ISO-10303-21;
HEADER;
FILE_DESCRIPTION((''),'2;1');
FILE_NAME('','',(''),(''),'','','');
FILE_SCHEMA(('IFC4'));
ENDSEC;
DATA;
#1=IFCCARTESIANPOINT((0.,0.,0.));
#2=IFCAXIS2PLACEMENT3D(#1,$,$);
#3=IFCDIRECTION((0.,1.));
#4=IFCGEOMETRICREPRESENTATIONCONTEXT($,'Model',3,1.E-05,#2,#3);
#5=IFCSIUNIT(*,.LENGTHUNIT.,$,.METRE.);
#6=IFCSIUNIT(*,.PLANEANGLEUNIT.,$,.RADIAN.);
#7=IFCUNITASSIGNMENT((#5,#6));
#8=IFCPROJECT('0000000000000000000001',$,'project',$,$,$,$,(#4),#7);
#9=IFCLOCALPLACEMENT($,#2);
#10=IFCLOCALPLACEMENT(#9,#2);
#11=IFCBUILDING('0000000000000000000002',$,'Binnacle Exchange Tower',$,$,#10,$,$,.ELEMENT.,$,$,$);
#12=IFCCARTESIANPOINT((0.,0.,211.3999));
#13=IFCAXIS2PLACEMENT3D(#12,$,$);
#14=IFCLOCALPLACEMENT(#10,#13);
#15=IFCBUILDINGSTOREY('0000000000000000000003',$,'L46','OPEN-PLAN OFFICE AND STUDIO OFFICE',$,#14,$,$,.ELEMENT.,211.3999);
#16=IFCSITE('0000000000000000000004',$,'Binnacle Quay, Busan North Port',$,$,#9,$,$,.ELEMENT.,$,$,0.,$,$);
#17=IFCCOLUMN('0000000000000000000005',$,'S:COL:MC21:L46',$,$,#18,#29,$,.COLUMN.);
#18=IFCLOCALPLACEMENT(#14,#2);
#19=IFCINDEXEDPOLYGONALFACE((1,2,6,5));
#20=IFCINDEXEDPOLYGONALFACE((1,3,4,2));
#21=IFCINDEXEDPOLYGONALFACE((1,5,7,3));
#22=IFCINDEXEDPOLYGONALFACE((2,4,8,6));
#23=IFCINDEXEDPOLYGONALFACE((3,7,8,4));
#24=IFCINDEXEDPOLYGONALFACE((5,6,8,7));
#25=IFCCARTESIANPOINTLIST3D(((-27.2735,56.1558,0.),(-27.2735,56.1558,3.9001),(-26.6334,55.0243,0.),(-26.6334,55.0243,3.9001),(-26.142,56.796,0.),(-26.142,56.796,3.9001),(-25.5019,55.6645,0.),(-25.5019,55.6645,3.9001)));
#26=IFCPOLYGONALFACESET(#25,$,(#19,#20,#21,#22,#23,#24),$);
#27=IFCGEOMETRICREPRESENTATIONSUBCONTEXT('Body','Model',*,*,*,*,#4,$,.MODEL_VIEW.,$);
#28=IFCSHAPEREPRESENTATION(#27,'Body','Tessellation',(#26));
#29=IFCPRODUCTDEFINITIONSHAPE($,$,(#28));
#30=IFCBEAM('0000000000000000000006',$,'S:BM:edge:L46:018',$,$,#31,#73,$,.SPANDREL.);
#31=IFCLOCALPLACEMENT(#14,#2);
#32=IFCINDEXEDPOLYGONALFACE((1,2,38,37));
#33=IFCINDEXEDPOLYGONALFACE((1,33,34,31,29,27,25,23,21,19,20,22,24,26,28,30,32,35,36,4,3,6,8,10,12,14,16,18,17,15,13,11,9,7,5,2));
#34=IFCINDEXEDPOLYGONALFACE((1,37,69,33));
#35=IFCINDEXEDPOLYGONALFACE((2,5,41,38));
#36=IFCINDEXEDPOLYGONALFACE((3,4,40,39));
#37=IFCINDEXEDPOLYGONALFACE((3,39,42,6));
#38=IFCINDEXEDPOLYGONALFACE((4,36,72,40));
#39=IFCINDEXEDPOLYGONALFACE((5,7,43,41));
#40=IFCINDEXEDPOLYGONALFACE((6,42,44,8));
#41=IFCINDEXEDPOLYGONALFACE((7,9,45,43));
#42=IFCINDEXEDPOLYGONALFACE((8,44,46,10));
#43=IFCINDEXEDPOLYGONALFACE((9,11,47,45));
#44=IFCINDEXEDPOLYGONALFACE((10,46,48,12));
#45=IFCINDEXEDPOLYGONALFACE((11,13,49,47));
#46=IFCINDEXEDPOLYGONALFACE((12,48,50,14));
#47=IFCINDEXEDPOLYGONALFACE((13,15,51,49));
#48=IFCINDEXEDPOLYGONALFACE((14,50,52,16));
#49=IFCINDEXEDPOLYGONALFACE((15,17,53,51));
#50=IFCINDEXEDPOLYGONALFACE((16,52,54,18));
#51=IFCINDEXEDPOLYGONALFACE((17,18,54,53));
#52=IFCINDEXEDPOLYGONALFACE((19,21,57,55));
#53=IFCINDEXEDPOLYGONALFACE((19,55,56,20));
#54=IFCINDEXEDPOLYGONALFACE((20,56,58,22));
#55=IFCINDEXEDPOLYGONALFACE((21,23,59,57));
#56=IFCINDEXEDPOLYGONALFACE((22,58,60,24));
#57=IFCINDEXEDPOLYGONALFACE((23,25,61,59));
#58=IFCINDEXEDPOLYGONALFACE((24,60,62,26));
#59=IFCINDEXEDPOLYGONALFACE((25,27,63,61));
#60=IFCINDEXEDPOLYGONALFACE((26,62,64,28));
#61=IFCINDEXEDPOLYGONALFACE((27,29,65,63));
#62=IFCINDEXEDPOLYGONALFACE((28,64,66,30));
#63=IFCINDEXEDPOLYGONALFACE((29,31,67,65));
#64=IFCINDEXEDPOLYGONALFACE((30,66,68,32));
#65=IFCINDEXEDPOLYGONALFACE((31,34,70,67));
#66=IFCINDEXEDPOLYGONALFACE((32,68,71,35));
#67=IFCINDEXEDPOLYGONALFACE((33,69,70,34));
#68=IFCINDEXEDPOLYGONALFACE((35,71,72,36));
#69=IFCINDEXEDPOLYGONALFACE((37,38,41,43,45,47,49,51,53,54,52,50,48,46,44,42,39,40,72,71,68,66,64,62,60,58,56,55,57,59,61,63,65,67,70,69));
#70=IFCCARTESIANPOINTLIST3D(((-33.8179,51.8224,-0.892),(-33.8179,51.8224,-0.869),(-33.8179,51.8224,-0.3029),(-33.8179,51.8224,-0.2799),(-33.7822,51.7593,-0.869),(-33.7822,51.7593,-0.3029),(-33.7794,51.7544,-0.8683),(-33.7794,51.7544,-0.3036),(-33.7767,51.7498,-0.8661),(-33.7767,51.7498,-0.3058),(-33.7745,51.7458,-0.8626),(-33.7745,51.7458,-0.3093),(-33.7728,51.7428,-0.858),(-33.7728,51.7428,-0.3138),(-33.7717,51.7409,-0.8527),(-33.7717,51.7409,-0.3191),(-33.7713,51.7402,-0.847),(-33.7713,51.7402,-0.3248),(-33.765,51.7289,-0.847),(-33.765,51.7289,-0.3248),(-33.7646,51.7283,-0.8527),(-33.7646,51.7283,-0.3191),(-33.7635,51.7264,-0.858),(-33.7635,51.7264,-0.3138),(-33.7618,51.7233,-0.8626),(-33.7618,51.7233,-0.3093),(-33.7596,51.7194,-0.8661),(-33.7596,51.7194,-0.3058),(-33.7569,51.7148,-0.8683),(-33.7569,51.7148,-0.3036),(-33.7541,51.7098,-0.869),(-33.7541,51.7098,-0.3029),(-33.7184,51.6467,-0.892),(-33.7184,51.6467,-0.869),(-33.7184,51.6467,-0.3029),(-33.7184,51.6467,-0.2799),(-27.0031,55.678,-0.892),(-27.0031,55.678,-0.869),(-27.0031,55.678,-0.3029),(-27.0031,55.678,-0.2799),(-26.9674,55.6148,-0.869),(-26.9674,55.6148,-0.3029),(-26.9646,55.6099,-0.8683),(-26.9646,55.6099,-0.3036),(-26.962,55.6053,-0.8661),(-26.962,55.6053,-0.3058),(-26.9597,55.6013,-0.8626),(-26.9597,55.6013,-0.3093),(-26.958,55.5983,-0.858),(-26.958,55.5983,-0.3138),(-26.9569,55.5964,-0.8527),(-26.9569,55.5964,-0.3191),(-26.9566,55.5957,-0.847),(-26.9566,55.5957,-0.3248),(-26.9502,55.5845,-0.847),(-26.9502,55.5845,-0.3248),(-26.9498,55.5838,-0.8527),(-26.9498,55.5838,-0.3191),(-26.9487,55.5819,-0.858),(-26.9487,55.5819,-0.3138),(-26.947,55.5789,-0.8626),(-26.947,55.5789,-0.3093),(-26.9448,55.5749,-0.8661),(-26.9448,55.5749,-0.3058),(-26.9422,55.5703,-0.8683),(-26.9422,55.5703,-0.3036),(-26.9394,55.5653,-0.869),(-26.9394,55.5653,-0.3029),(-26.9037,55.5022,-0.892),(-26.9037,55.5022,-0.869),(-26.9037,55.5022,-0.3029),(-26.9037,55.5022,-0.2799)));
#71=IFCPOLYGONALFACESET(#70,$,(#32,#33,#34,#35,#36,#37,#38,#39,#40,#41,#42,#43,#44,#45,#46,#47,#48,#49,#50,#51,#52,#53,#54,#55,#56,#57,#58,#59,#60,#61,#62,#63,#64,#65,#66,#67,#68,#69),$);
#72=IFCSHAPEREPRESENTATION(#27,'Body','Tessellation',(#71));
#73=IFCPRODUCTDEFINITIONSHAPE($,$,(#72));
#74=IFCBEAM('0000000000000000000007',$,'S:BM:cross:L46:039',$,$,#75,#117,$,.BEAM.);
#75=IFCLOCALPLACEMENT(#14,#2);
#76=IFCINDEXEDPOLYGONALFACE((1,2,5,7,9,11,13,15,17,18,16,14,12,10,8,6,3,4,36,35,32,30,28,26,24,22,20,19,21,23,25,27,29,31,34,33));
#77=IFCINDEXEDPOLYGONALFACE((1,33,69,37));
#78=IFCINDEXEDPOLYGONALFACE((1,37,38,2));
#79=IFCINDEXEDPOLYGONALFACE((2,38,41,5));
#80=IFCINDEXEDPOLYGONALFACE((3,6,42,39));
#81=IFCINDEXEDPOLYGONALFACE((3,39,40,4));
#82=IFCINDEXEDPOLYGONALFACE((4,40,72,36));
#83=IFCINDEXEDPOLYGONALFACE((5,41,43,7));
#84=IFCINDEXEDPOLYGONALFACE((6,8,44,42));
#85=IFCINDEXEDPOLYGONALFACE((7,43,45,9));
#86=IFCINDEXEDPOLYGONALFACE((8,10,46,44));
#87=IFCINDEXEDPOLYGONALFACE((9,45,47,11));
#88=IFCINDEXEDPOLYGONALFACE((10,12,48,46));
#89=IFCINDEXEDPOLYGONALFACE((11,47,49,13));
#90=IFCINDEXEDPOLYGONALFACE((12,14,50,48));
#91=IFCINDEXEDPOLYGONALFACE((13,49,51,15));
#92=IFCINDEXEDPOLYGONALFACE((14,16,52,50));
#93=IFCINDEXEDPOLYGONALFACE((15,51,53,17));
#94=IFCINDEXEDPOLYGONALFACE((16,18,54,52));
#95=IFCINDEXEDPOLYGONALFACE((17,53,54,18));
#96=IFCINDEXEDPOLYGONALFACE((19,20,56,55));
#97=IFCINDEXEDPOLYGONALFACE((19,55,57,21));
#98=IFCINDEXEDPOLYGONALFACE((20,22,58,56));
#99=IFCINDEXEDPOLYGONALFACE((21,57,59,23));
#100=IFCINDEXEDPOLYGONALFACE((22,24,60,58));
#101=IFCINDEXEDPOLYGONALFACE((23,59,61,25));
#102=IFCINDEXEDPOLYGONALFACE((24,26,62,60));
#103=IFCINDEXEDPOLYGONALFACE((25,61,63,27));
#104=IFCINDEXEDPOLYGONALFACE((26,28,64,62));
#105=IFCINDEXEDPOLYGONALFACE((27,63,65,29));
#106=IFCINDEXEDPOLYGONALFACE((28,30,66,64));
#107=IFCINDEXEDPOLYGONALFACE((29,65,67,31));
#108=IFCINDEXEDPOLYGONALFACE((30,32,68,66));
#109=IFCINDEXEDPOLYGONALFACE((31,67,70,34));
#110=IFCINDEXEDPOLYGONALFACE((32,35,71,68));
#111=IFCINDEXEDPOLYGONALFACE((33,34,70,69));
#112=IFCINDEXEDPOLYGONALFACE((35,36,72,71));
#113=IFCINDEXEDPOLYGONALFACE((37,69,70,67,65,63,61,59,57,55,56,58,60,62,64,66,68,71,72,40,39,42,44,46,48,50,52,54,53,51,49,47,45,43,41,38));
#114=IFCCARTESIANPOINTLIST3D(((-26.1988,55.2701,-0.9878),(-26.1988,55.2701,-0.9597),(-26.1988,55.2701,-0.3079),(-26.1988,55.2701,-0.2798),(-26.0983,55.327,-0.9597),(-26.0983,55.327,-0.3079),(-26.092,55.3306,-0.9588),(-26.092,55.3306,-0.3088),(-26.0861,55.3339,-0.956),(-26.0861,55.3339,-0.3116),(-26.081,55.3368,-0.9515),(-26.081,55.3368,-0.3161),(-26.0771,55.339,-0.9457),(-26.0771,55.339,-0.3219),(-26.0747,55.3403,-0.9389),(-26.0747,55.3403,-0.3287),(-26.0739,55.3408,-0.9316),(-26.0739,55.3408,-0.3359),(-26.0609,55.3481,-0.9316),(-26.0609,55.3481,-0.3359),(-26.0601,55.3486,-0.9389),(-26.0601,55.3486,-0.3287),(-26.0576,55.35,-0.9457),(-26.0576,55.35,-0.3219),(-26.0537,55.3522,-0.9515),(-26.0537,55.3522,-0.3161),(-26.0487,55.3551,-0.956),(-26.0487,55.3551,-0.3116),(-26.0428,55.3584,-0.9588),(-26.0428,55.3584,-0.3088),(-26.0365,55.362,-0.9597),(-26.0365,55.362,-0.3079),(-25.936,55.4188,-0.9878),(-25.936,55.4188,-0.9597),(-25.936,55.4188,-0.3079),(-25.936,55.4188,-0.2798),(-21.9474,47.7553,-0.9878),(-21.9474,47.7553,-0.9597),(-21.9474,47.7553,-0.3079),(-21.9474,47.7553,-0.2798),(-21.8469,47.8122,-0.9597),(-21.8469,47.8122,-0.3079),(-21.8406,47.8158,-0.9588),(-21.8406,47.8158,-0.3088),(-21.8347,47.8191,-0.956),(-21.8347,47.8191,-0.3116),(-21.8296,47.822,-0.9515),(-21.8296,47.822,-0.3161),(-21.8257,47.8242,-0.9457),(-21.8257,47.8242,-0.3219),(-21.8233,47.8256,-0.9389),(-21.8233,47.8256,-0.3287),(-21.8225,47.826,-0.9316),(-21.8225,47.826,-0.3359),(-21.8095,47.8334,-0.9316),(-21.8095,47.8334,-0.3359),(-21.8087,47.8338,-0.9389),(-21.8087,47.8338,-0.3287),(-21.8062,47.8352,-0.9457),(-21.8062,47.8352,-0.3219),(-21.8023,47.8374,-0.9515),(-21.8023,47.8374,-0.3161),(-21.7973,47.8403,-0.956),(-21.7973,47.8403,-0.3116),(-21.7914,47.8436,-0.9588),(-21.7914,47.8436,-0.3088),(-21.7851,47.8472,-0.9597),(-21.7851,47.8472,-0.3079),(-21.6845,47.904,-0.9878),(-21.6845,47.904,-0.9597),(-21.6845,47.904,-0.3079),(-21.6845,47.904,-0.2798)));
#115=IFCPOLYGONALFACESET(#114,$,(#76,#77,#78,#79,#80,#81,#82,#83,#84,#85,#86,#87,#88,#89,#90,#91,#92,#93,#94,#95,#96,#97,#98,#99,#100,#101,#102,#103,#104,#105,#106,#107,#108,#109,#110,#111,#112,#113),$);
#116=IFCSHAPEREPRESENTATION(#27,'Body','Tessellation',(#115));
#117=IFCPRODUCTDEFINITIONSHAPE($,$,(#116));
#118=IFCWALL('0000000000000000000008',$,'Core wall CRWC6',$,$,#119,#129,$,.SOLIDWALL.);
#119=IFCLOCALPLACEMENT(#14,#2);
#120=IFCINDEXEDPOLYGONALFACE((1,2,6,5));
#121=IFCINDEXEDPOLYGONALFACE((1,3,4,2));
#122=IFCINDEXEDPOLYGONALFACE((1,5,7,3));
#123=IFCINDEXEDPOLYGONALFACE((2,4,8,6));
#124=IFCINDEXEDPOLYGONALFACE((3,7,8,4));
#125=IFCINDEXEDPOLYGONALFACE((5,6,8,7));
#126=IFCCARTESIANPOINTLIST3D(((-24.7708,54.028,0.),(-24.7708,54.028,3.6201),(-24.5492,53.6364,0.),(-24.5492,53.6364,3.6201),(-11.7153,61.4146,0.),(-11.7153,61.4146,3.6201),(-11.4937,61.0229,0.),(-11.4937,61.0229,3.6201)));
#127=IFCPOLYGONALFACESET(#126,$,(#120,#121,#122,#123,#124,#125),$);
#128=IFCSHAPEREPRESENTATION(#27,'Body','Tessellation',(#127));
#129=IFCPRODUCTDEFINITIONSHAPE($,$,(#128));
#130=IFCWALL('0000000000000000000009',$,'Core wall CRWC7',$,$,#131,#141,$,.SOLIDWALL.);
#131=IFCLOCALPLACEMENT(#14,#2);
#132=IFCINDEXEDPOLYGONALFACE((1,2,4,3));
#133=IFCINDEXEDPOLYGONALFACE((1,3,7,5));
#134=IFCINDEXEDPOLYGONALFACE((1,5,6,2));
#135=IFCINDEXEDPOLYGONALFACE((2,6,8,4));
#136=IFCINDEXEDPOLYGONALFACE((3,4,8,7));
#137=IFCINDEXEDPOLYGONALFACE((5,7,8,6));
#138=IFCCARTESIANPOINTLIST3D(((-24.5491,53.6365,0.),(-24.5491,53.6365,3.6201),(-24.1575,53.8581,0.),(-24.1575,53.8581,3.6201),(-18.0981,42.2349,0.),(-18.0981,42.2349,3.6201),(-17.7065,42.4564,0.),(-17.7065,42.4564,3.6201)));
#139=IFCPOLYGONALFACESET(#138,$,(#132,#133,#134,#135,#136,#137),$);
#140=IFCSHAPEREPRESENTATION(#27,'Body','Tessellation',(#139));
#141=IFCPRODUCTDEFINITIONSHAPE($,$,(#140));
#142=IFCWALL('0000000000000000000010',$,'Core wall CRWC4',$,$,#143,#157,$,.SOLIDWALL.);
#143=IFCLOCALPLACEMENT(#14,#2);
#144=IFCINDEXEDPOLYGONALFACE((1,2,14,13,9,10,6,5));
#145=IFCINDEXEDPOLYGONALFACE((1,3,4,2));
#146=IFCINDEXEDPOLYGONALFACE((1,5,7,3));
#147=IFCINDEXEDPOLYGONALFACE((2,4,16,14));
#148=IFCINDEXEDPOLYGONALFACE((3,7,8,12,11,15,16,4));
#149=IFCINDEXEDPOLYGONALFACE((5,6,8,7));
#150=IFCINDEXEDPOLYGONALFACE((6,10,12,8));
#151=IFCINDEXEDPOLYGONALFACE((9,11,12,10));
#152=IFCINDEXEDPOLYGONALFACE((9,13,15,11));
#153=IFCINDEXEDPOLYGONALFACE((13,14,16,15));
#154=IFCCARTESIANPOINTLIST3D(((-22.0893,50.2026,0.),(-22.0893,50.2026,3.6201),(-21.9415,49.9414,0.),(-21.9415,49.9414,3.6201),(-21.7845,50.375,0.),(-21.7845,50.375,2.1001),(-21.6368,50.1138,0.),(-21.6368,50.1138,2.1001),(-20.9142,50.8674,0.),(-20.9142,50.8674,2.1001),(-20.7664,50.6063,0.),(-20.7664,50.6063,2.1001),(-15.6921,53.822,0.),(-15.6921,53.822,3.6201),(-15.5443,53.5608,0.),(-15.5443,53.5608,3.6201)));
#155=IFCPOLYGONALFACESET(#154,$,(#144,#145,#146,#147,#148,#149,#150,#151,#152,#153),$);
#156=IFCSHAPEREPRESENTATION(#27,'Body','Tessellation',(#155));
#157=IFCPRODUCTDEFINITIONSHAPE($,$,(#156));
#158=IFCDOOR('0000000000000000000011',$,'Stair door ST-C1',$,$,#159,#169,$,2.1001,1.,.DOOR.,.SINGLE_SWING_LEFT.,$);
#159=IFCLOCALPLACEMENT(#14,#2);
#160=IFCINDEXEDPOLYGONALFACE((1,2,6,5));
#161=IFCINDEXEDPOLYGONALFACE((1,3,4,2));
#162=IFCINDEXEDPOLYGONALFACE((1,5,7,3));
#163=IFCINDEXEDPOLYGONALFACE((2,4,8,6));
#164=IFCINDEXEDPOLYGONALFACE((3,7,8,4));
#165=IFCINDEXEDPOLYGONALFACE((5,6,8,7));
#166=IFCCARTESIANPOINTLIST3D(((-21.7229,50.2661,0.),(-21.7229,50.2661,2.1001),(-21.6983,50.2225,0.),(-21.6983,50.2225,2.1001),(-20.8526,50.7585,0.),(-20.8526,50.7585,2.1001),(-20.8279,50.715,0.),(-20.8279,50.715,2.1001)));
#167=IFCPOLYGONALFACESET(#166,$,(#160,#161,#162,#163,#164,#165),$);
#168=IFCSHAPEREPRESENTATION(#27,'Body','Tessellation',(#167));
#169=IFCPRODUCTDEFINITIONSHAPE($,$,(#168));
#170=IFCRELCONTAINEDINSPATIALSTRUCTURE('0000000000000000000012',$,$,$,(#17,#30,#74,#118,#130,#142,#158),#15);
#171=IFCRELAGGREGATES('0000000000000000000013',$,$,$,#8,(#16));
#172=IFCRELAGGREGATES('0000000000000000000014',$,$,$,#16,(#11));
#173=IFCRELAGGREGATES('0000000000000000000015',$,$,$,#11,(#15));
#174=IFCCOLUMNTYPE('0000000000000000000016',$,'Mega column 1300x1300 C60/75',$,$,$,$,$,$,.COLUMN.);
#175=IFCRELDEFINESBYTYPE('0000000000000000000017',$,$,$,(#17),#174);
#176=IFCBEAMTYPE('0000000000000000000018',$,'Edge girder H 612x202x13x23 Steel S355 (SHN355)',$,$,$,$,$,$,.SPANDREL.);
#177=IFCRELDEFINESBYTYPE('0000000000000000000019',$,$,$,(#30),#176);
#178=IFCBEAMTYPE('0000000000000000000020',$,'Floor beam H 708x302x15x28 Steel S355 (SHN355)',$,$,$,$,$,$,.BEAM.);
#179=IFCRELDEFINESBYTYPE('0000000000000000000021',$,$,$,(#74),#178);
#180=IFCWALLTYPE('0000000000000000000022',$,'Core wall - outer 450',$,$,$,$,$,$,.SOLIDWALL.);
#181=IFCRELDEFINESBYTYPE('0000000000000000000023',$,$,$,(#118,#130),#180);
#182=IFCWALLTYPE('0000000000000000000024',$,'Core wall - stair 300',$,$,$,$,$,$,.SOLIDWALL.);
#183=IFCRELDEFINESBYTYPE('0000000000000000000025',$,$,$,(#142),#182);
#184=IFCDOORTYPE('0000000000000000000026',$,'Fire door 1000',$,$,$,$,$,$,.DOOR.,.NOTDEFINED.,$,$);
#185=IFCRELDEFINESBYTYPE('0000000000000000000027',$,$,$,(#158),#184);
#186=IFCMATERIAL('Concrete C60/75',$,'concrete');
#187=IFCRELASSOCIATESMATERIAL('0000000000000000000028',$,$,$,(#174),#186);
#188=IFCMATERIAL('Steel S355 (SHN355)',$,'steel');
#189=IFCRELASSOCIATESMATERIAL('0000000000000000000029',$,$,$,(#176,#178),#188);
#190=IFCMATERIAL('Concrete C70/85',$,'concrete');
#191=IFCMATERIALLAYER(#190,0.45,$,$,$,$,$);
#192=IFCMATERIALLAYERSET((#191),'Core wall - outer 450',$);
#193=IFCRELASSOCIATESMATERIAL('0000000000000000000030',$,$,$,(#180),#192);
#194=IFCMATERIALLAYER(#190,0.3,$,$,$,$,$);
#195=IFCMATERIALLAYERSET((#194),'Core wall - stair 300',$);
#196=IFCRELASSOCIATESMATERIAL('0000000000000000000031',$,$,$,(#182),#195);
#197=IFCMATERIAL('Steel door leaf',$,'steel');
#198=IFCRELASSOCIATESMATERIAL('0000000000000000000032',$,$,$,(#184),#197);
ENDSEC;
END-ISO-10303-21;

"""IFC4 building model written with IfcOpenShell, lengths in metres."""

from ifc_helpers import new_model, si_unit, direction, frame, frame_2d, origin, origin_2d, place, context, subcontext, project, spatial, rectangle, i_section, extrude, material, layer, layer_set, material_profile, profile_set, type_object, element, fill, save


model = new_model("IFC4")

# Units and contexts
model_context = context("Model", 3, precision=1e-05, world=origin(), true_north=direction((0.0, 1.0)))
body_context = subcontext(model_context, "Body", "Model", "MODEL_VIEW")
ifc_project = project(units=[si_unit("LENGTHUNIT", "METRE"), si_unit("PLANEANGLEUNIT", "RADIAN")], contexts=[model_context])

# Site, building, storey
site_placement = place(None, origin())
site = spatial("IfcSite", under=ifc_project, at=site_placement, Name="Binnacle Quay, Busan North Port", CompositionType="ELEMENT", RefElevation=0.0)
building_placement = place(site_placement, origin())
building = spatial("IfcBuilding", under=site, at=building_placement, Name="Binnacle Exchange Tower", CompositionType="ELEMENT")
storey_placement = place(building_placement, frame((0.0, 0.0, 211.3999)))
storey = spatial("IfcBuildingStorey", under=building, at=storey_placement, Name="L46", Description="OPEN-PLAN OFFICE AND STUDIO OFFICE", CompositionType="ELEMENT", Elevation=211.3999)

# Column
ifc_material_1 = material(Name="Concrete C60/75", Category="concrete")
ifc_material_profile_1 = material_profile(ifc_material_1, rectangle(XDim=1.3, YDim=1.3, at=origin_2d()), Name="Mega column 1300x1300 C60/75")
ifc_profile_set_1 = profile_set([ifc_material_profile_1], Name="Concrete C60/75")
column_type = type_object("IfcColumnType", Name="Mega column 1300x1300 C60/75", PredefinedType="COLUMN", material=ifc_profile_set_1)
column_placement = place(storey_placement, frame((-26.3877, 55.9102, 0.0), z_axis=(0.0, 0.0, 1.0), x_axis=(-0.870356, -0.492424, 0.0)))
element("IfcColumn", 1, at=column_placement, inside=storey, type_object=column_type, Name="S:COL:MC21:L46", PredefinedType="COLUMN", context=body_context, shape_type="SweptSolid", body=[
    extrude(rectangle(XDim=1.3, YDim=1.3, at=origin_2d()), origin(), (0.0, 0.0, 1.0), 3.9001),
])

# Beams
ifc_material_2 = material(Name="Steel S355 (SHN355)", Category="steel")
ifc_material_profile_2 = material_profile(ifc_material_2, i_section(OverallWidth=0.2019, OverallDepth=0.6121, WebThickness=0.0129, FlangeThickness=0.0229, FilletRadius=0.022, at=origin_2d()), Name="H 612x202x13x23")
ifc_profile_set_2 = profile_set([ifc_material_profile_2], Name="Steel S355 (SHN355)")
beam_type_1 = type_object("IfcBeamType", Name="Edge girder H 612x202x13x23 Steel S355 (SHN355)", PredefinedType="SPANDREL", material=ifc_profile_set_2)
beam_1_placement = place(storey_placement, frame((-26.9534, 55.5901, -0.5859), z_axis=(-0.870361, -0.492414, 0.0), x_axis=(0.492414, -0.870361, 0.0)))
element("IfcBeam", 2, at=beam_1_placement, inside=storey, type_object=beam_type_1, Name="S:BM:edge:L46:018", PredefinedType="SPANDREL", context=body_context, shape_type="SweptSolid", body=[
    extrude(i_section(OverallWidth=0.2019, OverallDepth=0.6121, WebThickness=0.0129, FlangeThickness=0.0229, FilletRadius=0.022, at=origin_2d()), origin(), (0.0, 0.0, 1.0), 7.8298),
])
ifc_material_profile_3 = material_profile(ifc_material_2, i_section(OverallWidth=0.302, OverallDepth=0.708, WebThickness=0.0149, FlangeThickness=0.0281, FilletRadius=0.0281, at=origin_2d()), Name="H 708x302x15x28")
ifc_profile_set_3 = profile_set([ifc_material_profile_3], Name="Steel S355 (SHN355)")
beam_type_2 = type_object("IfcBeamType", Name="Floor beam H 708x302x15x28 Steel S355 (SHN355)", PredefinedType="BEAM", material=ifc_profile_set_3)
beam_2_placement = place(storey_placement, frame((-26.0674, 55.3445, -0.6338), z_axis=(0.492401, -0.870368, 0.0), x_axis=(0.870368, 0.492401, 0.0)))
element("IfcBeam", 3, at=beam_2_placement, inside=storey, type_object=beam_type_2, Name="S:BM:cross:L46:039", PredefinedType="BEAM", context=body_context, shape_type="SweptSolid", body=[
    extrude(i_section(OverallWidth=0.302, OverallDepth=0.708, WebThickness=0.0149, FlangeThickness=0.0281, FilletRadius=0.0281, at=origin_2d()), origin(), (0.0, 0.0, 1.0), 8.634),
])

# Walls
ifc_material_3 = material(Name="Concrete C70/85", Category="concrete")
ifc_layer_1 = layer(ifc_material_3, 0.45)
ifc_layer_set_1 = layer_set([ifc_layer_1], Name="Core wall - outer 450")
wall_type_1 = type_object("IfcWallType", Name="Core wall - outer 450", PredefinedType="SOLIDWALL", material=ifc_layer_set_1)
wall_1_placement = place(storey_placement, frame((-24.6599, 53.8323, 0.0), z_axis=(0.0, 0.0, 1.0), x_axis=(0.870354, 0.492427, 0.0)))
element("IfcWall", 4, at=wall_1_placement, inside=storey, type_object=wall_type_1, Name="Core wall CRWC6", PredefinedType="SOLIDWALL", context=body_context, shape_type="SweptSolid", body=[
    extrude(rectangle(XDim=15.0002, YDim=0.45, at=frame_2d((7.5, 0.0))), origin(), (0.0, 0.0, 1.0), 3.6201),
])
wall_2_placement = place(storey_placement, frame((-24.3533, 53.7473, 0.0), z_axis=(0.0, 0.0, 1.0), x_axis=(0.492435, -0.870349, 0.0)))
element("IfcWall", 5, at=wall_2_placement, inside=storey, type_object=wall_type_1, Name="Core wall CRWC7", PredefinedType="SOLIDWALL", context=body_context, shape_type="SweptSolid", body=[
    extrude(rectangle(XDim=13.1001, YDim=0.45, at=frame_2d((6.55, 0.0))), origin(), (0.0, 0.0, 1.0), 3.6201),
])

# Wall, opening, door
ifc_layer_2 = layer(ifc_material_3, 0.3)
ifc_layer_set_2 = layer_set([ifc_layer_2], Name="Core wall - stair 300")
wall_type_2 = type_object("IfcWallType", Name="Core wall - stair 300", PredefinedType="SOLIDWALL", material=ifc_layer_set_2)
wall_3_placement = place(storey_placement, frame((-22.0154, 50.072, 0.0), z_axis=(0.0, 0.0, 1.0), x_axis=(0.870355, 0.492425, 0.0)))
wall_3 = element("IfcWall", 6, at=wall_3_placement, inside=storey, type_object=wall_type_2, Name="Core wall CRWC4", PredefinedType="SOLIDWALL", context=body_context, shape_type="SweptSolid", body=[
    extrude(rectangle(XDim=7.3501, YDim=0.3, at=frame_2d((3.675, 0.0))), origin(), (0.0, 0.0, 1.0), 3.6201),
])
opening_1_placement = place(wall_3_placement, frame((0.3501, 0.0, 0.0)))
opening_1 = element("IfcOpeningElement", 7, at=opening_1_placement, cuts=wall_3, PredefinedType="OPENING", context=body_context, shape_type="SweptSolid", body=[
    extrude(rectangle(XDim=1.0, YDim=2.1001, at=frame_2d((0.5, 1.05))), frame((0.0, 0.1599, 0.0), z_axis=(0.0, -1.0, 0.0), x_axis=(1.0, 0.0, 0.0)), (0.0, 0.0, 1.0), 0.3201),
])
ifc_material_4 = material(Name="Steel door leaf", Category="steel")
door_type_1 = type_object("IfcDoorType", Name="Fire door 1000", OperationType="NOTDEFINED", PredefinedType="DOOR", material=ifc_material_4)
door_1_placement = place(opening_1_placement, origin())
door_1 = element("IfcDoor", 8, at=door_1_placement, inside=storey, type_object=door_type_1, Name="Stair door ST-C1", OperationType="SINGLE_SWING_LEFT", OverallHeight=2.1001, OverallWidth=1.0, PredefinedType="DOOR", context=body_context, shape_type="SweptSolid", body=[
    extrude(rectangle(XDim=1.0, YDim=2.1001, at=frame_2d((0.5, 1.05))), frame((0.0, 0.0249, 0.0), z_axis=(0.0, -1.0, 0.0), x_axis=(1.0, 0.0, 0.0)), (0.0, 0.0, 1.0), 0.05),
])
fill(opening_1, door_1)

save(model, "model.ifc")
